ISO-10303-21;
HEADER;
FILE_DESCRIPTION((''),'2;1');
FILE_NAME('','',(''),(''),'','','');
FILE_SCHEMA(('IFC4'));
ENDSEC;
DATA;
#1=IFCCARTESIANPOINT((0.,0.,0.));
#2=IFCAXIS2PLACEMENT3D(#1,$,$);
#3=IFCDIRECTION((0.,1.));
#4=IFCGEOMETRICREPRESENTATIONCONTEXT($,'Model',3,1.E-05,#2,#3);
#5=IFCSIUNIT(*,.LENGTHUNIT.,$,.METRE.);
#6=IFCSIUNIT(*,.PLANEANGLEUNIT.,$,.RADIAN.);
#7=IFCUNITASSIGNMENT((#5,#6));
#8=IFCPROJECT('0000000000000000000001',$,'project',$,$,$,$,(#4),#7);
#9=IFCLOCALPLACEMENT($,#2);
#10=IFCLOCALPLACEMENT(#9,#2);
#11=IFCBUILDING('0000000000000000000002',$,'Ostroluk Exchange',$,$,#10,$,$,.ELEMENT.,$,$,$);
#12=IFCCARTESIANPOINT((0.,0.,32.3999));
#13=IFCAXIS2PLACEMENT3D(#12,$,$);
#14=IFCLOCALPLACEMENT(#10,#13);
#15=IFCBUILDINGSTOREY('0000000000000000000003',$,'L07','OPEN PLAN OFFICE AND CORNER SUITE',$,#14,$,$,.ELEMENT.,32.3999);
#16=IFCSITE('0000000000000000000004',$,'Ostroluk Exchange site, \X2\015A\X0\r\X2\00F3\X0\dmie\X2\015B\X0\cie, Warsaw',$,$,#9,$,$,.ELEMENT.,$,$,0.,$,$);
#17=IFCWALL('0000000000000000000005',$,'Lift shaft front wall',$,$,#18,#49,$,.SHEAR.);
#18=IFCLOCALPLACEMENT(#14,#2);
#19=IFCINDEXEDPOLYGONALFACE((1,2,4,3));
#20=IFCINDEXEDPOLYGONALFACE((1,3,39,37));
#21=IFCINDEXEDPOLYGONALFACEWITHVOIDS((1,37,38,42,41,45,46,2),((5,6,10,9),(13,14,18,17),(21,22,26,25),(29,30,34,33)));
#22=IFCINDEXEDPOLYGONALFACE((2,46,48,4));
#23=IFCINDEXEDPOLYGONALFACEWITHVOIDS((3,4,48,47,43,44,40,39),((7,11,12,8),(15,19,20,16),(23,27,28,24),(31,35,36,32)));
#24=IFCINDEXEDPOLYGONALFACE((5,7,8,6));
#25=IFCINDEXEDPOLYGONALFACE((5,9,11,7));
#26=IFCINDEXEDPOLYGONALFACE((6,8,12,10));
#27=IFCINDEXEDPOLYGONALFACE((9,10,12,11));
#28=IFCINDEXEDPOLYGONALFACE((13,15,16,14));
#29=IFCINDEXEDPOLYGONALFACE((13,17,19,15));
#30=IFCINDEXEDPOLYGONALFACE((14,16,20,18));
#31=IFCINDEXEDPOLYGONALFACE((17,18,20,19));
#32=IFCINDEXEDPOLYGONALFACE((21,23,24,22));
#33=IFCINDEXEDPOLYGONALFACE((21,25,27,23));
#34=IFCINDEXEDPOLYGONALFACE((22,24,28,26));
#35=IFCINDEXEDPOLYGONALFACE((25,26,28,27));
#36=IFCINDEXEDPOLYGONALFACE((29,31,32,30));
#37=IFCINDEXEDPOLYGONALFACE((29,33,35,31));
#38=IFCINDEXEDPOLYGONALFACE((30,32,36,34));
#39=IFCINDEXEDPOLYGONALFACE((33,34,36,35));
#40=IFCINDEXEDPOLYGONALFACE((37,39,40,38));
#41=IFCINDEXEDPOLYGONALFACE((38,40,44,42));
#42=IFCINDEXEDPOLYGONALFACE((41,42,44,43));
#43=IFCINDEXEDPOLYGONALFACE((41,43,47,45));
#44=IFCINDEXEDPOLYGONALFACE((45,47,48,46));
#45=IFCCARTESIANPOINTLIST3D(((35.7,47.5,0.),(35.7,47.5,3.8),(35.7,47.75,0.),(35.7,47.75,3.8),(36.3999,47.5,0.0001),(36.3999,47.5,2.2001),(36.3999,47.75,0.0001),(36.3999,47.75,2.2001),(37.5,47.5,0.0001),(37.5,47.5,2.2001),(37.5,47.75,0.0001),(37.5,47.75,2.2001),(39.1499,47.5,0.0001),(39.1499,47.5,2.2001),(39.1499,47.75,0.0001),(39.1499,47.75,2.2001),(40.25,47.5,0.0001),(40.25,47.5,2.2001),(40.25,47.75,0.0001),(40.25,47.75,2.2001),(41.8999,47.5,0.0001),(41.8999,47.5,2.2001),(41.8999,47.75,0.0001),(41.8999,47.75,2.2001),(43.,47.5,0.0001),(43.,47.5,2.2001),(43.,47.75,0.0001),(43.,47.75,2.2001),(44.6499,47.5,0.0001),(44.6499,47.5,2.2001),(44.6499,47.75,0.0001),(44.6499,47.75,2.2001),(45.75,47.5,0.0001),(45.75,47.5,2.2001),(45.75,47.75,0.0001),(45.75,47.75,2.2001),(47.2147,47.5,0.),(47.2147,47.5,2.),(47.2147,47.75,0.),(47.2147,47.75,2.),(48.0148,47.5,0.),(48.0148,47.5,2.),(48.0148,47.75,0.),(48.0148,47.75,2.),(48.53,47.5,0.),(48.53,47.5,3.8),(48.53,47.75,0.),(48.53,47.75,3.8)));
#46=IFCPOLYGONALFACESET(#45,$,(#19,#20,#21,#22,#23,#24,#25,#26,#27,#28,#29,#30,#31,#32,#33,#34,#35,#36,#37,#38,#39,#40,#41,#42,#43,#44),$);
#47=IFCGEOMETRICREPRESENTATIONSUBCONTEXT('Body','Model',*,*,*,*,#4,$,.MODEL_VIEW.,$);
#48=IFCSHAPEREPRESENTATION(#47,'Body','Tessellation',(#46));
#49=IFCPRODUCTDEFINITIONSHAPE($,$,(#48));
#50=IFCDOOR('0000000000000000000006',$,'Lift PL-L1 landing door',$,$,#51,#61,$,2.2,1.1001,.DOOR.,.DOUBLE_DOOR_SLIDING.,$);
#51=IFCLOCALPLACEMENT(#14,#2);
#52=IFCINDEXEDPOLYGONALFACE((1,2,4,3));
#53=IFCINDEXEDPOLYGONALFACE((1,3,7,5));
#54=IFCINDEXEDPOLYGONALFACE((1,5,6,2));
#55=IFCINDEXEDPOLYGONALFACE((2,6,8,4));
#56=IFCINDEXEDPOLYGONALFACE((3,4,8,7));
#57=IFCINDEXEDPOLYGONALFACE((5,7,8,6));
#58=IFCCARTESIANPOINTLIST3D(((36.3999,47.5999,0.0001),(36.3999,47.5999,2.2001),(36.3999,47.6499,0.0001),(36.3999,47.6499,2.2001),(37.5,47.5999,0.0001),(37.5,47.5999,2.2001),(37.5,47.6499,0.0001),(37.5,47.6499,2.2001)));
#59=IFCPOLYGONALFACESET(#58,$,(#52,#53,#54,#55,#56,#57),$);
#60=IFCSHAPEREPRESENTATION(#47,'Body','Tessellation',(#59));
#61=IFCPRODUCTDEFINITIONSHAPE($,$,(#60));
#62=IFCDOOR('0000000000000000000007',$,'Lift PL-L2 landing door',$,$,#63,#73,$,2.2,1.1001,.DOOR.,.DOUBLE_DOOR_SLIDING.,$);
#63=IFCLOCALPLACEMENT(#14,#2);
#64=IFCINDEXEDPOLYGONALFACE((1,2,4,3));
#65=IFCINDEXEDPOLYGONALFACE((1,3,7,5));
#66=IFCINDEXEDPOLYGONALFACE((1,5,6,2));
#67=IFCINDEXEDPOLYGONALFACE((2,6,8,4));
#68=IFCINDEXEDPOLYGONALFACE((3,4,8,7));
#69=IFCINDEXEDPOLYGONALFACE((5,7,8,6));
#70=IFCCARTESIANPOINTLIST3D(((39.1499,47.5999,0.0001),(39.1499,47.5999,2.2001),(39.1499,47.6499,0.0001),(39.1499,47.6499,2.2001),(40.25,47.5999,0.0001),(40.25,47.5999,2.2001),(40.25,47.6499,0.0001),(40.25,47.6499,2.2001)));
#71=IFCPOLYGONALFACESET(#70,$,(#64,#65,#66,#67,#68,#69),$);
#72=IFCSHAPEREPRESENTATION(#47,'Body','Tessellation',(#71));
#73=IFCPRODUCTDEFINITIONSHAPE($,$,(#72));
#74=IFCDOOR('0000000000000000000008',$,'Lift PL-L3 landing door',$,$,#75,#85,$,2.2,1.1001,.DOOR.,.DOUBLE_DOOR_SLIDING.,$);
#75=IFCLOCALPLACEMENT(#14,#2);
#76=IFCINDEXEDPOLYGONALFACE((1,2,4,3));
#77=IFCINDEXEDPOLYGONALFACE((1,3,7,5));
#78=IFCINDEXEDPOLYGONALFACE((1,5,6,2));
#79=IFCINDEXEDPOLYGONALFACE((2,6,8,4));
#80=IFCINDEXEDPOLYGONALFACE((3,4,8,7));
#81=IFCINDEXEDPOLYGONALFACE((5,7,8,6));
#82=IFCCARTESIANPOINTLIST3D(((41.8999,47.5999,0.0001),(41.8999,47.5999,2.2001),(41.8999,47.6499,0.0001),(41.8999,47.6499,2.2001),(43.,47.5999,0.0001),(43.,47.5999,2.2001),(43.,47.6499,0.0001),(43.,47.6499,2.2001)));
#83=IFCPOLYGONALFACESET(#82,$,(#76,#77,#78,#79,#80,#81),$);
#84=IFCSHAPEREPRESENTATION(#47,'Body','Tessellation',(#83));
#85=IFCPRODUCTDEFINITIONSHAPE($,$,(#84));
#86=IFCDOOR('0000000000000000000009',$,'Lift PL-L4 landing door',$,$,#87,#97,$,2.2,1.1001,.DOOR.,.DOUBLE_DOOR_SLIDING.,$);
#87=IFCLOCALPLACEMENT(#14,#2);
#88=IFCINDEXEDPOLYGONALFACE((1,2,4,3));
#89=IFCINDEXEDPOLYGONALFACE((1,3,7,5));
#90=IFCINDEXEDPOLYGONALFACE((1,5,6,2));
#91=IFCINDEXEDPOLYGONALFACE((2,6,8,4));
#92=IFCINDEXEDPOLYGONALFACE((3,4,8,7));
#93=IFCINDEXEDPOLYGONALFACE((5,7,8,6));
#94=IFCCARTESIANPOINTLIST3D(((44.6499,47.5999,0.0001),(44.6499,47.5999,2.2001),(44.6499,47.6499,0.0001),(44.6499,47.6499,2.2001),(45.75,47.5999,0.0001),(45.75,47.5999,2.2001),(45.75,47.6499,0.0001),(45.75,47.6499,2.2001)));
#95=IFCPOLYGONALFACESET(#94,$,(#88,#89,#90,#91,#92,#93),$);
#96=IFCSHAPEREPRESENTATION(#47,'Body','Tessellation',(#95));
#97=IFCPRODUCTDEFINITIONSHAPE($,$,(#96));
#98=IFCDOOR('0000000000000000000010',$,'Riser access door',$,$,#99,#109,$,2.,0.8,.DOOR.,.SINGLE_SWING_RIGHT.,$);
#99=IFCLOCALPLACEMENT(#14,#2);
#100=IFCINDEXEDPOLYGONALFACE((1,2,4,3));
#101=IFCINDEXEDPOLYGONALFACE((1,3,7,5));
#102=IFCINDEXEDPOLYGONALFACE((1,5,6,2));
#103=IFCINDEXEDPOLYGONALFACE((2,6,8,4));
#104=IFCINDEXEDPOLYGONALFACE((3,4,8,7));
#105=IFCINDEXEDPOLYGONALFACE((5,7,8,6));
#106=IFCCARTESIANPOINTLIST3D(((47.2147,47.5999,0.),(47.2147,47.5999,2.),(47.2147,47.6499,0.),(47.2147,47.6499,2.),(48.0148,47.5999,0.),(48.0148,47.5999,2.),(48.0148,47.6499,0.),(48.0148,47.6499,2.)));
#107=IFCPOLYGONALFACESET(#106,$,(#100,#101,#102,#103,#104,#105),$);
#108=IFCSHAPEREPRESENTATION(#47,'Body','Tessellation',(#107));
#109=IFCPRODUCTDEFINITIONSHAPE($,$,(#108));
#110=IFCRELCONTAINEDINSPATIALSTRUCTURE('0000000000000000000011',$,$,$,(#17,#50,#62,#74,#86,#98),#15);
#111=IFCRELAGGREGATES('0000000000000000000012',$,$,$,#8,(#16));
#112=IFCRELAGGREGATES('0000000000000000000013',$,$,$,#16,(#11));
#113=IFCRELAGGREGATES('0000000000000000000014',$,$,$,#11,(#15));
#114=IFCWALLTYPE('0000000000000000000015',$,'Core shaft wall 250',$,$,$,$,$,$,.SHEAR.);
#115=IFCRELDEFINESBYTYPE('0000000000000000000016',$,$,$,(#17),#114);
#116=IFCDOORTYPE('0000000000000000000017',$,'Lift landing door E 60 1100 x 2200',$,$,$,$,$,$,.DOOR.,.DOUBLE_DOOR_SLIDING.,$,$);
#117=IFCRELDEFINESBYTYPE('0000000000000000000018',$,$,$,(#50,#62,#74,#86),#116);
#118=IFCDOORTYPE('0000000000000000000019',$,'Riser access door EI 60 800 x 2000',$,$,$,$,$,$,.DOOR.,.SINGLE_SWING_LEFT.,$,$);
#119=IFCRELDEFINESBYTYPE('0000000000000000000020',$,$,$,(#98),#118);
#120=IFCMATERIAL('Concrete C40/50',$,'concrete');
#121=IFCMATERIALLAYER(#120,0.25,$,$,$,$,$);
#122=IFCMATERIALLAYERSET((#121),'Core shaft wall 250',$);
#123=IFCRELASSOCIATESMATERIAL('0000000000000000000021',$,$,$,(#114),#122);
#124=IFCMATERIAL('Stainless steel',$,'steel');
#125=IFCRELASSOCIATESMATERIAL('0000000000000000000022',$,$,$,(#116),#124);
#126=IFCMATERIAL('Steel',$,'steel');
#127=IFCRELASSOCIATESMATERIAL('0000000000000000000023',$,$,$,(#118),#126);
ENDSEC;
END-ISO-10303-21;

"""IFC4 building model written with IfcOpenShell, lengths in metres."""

from ifc_helpers import new_model, si_unit, direction, frame, frame_2d, origin, place, context, subcontext, project, spatial, rectangle, extrude, material, layer, layer_set, type_object, element, fill, save


model = new_model("IFC4")

# Units and contexts
model_context = context("Model", 3, precision=1e-05, world=origin(), true_north=direction((0.0, 1.0)))
body_context = subcontext(model_context, "Body", "Model", "MODEL_VIEW")
ifc_project = project(units=[si_unit("LENGTHUNIT", "METRE"), si_unit("PLANEANGLEUNIT", "RADIAN")], contexts=[model_context])

# Site, building, storey
site_placement = place(None, origin())
site = spatial("IfcSite", under=ifc_project, at=site_placement, Name="Ostroluk Exchange site, Śródmieście, Warsaw", CompositionType="ELEMENT", RefElevation=0.0)
building_placement = place(site_placement, origin())
building = spatial("IfcBuilding", under=site, at=building_placement, Name="Ostroluk Exchange", CompositionType="ELEMENT")
storey_placement = place(building_placement, frame((0.0, 0.0, 32.3999)))
storey = spatial("IfcBuildingStorey", under=building, at=storey_placement, Name="L07", Description="OPEN PLAN OFFICE AND CORNER SUITE", CompositionType="ELEMENT", Elevation=32.3999)

# Shared definitions
ifc_material_1 = material(Name="Concrete C40/50", Category="concrete")
ifc_layer_1 = layer(ifc_material_1, 0.25)
ifc_layer_set_1 = layer_set([ifc_layer_1], Name="Core shaft wall 250")
wall_type_1 = type_object("IfcWallType", Name="Core shaft wall 250", PredefinedType="SHEAR", material=ifc_layer_set_1)

# Wall, openings, doors
wall_1_placement = place(storey_placement, frame((35.7, 47.625, 0.0), z_axis=(0.0, 0.0, 1.0), x_axis=(1.0, 0.0, 0.0)))
wall_1 = element("IfcWall", 1, at=wall_1_placement, inside=storey, type_object=wall_type_1, Name="Lift shaft front wall", PredefinedType="SHEAR", context=body_context, shape_type="SweptSolid", body=[
    extrude(rectangle(XDim=12.8301, YDim=0.25, at=frame_2d((6.415, 0.0))), origin(), (0.0, 0.0, 1.0), 3.8),
])
opening_1_placement = place(wall_1_placement, frame((0.7, 0.0, 0.0)))
opening_1 = element("IfcOpeningElement", 2, at=opening_1_placement, cuts=wall_1, PredefinedType="OPENING", context=body_context, shape_type="SweptSolid", body=[
    extrude(rectangle(XDim=1.1001, YDim=2.2, at=frame_2d((0.55, 1.1001))), frame((0.0, 0.135, 0.0), z_axis=(0.0, -1.0, 0.0), x_axis=(1.0, 0.0, 0.0)), (0.0, 0.0, 1.0), 0.27),
])
opening_2_placement = place(wall_1_placement, frame((3.45, 0.0, 0.0)))
opening_2 = element("IfcOpeningElement", 3, at=opening_2_placement, cuts=wall_1, PredefinedType="OPENING", context=body_context, shape_type="SweptSolid", body=[
    extrude(rectangle(XDim=1.1001, YDim=2.2, at=frame_2d((0.55, 1.1001))), frame((0.0, 0.135, 0.0), z_axis=(0.0, -1.0, 0.0), x_axis=(1.0, 0.0, 0.0)), (0.0, 0.0, 1.0), 0.27),
])
opening_3_placement = place(wall_1_placement, frame((6.2, 0.0, 0.0)))
opening_3 = element("IfcOpeningElement", 4, at=opening_3_placement, cuts=wall_1, PredefinedType="OPENING", context=body_context, shape_type="SweptSolid", body=[
    extrude(rectangle(XDim=1.1001, YDim=2.2, at=frame_2d((0.55, 1.1001))), frame((0.0, 0.135, 0.0), z_axis=(0.0, -1.0, 0.0), x_axis=(1.0, 0.0, 0.0)), (0.0, 0.0, 1.0), 0.27),
])
opening_4_placement = place(wall_1_placement, frame((8.95, 0.0, 0.0)))
opening_4 = element("IfcOpeningElement", 5, at=opening_4_placement, cuts=wall_1, PredefinedType="OPENING", context=body_context, shape_type="SweptSolid", body=[
    extrude(rectangle(XDim=1.1001, YDim=2.2, at=frame_2d((0.55, 1.1001))), frame((0.0, 0.135, 0.0), z_axis=(0.0, -1.0, 0.0), x_axis=(1.0, 0.0, 0.0)), (0.0, 0.0, 1.0), 0.27),
])
opening_5_placement = place(wall_1_placement, frame((11.5149, 0.0, 0.0)))
opening_5 = element("IfcOpeningElement", 6, at=opening_5_placement, cuts=wall_1, PredefinedType="OPENING", context=body_context, shape_type="SweptSolid", body=[
    extrude(rectangle(XDim=0.8, YDim=2.0, at=frame_2d((0.3999, 1.0))), frame((0.0, 0.135, 0.0), z_axis=(0.0, -1.0, 0.0), x_axis=(1.0, 0.0, 0.0)), (0.0, 0.0, 1.0), 0.27),
])
ifc_material_2 = material(Name="Stainless steel", Category="steel")
door_type_1 = type_object("IfcDoorType", Name="Lift landing door E 60 1100 x 2200", OperationType="DOUBLE_DOOR_SLIDING", PredefinedType="DOOR", material=ifc_material_2)
door_1_placement = place(opening_1_placement, origin())
door_1 = element("IfcDoor", 7, at=door_1_placement, inside=storey, type_object=door_type_1, Name="Lift PL-L1 landing door", OperationType="DOUBLE_DOOR_SLIDING", OverallHeight=2.2, OverallWidth=1.1001, PredefinedType="DOOR", context=body_context, shape_type="SweptSolid", body=[
    extrude(rectangle(XDim=1.1001, YDim=2.2, at=frame_2d((0.55, 1.1001))), frame((0.0, 0.0249, 0.0), z_axis=(0.0, -1.0, 0.0), x_axis=(1.0, 0.0, 0.0)), (0.0, 0.0, 1.0), 0.05),
])
fill(opening_1, door_1)
door_2_placement = place(opening_2_placement, origin())
door_2 = element("IfcDoor", 8, at=door_2_placement, inside=storey, type_object=door_type_1, Name="Lift PL-L2 landing door", OperationType="DOUBLE_DOOR_SLIDING", OverallHeight=2.2, OverallWidth=1.1001, PredefinedType="DOOR", context=body_context, shape_type="SweptSolid", body=[
    extrude(rectangle(XDim=1.1001, YDim=2.2, at=frame_2d((0.55, 1.1001))), frame((0.0, 0.0249, 0.0), z_axis=(0.0, -1.0, 0.0), x_axis=(1.0, 0.0, 0.0)), (0.0, 0.0, 1.0), 0.05),
])
fill(opening_2, door_2)
door_3_placement = place(opening_3_placement, origin())
door_3 = element("IfcDoor", 9, at=door_3_placement, inside=storey, type_object=door_type_1, Name="Lift PL-L3 landing door", OperationType="DOUBLE_DOOR_SLIDING", OverallHeight=2.2, OverallWidth=1.1001, PredefinedType="DOOR", context=body_context, shape_type="SweptSolid", body=[
    extrude(rectangle(XDim=1.1001, YDim=2.2, at=frame_2d((0.55, 1.1001))), frame((0.0, 0.0249, 0.0), z_axis=(0.0, -1.0, 0.0), x_axis=(1.0, 0.0, 0.0)), (0.0, 0.0, 1.0), 0.05),
])
fill(opening_3, door_3)
door_4_placement = place(opening_4_placement, origin())
door_4 = element("IfcDoor", 10, at=door_4_placement, inside=storey, type_object=door_type_1, Name="Lift PL-L4 landing door", OperationType="DOUBLE_DOOR_SLIDING", OverallHeight=2.2, OverallWidth=1.1001, PredefinedType="DOOR", context=body_context, shape_type="SweptSolid", body=[
    extrude(rectangle(XDim=1.1001, YDim=2.2, at=frame_2d((0.55, 1.1001))), frame((0.0, 0.0249, 0.0), z_axis=(0.0, -1.0, 0.0), x_axis=(1.0, 0.0, 0.0)), (0.0, 0.0, 1.0), 0.05),
])
fill(opening_4, door_4)
ifc_material_3 = material(Name="Steel", Category="steel")
door_type_2 = type_object("IfcDoorType", Name="Riser access door EI 60 800 x 2000", OperationType="SINGLE_SWING_LEFT", PredefinedType="DOOR", material=ifc_material_3)
door_5_placement = place(opening_5_placement, origin())
door_5 = element("IfcDoor", 11, at=door_5_placement, inside=storey, type_object=door_type_2, Name="Riser access door", OperationType="SINGLE_SWING_RIGHT", OverallHeight=2.0, OverallWidth=0.8, PredefinedType="DOOR", context=body_context, shape_type="SweptSolid", body=[
    extrude(rectangle(XDim=0.8, YDim=2.0, at=frame_2d((0.3999, 1.0))), frame((0.0, 0.0249, 0.0), z_axis=(0.0, -1.0, 0.0), x_axis=(1.0, 0.0, 0.0)), (0.0, 0.0, 1.0), 0.05),
])
fill(opening_5, door_5)

save(model, "model.ifc")
